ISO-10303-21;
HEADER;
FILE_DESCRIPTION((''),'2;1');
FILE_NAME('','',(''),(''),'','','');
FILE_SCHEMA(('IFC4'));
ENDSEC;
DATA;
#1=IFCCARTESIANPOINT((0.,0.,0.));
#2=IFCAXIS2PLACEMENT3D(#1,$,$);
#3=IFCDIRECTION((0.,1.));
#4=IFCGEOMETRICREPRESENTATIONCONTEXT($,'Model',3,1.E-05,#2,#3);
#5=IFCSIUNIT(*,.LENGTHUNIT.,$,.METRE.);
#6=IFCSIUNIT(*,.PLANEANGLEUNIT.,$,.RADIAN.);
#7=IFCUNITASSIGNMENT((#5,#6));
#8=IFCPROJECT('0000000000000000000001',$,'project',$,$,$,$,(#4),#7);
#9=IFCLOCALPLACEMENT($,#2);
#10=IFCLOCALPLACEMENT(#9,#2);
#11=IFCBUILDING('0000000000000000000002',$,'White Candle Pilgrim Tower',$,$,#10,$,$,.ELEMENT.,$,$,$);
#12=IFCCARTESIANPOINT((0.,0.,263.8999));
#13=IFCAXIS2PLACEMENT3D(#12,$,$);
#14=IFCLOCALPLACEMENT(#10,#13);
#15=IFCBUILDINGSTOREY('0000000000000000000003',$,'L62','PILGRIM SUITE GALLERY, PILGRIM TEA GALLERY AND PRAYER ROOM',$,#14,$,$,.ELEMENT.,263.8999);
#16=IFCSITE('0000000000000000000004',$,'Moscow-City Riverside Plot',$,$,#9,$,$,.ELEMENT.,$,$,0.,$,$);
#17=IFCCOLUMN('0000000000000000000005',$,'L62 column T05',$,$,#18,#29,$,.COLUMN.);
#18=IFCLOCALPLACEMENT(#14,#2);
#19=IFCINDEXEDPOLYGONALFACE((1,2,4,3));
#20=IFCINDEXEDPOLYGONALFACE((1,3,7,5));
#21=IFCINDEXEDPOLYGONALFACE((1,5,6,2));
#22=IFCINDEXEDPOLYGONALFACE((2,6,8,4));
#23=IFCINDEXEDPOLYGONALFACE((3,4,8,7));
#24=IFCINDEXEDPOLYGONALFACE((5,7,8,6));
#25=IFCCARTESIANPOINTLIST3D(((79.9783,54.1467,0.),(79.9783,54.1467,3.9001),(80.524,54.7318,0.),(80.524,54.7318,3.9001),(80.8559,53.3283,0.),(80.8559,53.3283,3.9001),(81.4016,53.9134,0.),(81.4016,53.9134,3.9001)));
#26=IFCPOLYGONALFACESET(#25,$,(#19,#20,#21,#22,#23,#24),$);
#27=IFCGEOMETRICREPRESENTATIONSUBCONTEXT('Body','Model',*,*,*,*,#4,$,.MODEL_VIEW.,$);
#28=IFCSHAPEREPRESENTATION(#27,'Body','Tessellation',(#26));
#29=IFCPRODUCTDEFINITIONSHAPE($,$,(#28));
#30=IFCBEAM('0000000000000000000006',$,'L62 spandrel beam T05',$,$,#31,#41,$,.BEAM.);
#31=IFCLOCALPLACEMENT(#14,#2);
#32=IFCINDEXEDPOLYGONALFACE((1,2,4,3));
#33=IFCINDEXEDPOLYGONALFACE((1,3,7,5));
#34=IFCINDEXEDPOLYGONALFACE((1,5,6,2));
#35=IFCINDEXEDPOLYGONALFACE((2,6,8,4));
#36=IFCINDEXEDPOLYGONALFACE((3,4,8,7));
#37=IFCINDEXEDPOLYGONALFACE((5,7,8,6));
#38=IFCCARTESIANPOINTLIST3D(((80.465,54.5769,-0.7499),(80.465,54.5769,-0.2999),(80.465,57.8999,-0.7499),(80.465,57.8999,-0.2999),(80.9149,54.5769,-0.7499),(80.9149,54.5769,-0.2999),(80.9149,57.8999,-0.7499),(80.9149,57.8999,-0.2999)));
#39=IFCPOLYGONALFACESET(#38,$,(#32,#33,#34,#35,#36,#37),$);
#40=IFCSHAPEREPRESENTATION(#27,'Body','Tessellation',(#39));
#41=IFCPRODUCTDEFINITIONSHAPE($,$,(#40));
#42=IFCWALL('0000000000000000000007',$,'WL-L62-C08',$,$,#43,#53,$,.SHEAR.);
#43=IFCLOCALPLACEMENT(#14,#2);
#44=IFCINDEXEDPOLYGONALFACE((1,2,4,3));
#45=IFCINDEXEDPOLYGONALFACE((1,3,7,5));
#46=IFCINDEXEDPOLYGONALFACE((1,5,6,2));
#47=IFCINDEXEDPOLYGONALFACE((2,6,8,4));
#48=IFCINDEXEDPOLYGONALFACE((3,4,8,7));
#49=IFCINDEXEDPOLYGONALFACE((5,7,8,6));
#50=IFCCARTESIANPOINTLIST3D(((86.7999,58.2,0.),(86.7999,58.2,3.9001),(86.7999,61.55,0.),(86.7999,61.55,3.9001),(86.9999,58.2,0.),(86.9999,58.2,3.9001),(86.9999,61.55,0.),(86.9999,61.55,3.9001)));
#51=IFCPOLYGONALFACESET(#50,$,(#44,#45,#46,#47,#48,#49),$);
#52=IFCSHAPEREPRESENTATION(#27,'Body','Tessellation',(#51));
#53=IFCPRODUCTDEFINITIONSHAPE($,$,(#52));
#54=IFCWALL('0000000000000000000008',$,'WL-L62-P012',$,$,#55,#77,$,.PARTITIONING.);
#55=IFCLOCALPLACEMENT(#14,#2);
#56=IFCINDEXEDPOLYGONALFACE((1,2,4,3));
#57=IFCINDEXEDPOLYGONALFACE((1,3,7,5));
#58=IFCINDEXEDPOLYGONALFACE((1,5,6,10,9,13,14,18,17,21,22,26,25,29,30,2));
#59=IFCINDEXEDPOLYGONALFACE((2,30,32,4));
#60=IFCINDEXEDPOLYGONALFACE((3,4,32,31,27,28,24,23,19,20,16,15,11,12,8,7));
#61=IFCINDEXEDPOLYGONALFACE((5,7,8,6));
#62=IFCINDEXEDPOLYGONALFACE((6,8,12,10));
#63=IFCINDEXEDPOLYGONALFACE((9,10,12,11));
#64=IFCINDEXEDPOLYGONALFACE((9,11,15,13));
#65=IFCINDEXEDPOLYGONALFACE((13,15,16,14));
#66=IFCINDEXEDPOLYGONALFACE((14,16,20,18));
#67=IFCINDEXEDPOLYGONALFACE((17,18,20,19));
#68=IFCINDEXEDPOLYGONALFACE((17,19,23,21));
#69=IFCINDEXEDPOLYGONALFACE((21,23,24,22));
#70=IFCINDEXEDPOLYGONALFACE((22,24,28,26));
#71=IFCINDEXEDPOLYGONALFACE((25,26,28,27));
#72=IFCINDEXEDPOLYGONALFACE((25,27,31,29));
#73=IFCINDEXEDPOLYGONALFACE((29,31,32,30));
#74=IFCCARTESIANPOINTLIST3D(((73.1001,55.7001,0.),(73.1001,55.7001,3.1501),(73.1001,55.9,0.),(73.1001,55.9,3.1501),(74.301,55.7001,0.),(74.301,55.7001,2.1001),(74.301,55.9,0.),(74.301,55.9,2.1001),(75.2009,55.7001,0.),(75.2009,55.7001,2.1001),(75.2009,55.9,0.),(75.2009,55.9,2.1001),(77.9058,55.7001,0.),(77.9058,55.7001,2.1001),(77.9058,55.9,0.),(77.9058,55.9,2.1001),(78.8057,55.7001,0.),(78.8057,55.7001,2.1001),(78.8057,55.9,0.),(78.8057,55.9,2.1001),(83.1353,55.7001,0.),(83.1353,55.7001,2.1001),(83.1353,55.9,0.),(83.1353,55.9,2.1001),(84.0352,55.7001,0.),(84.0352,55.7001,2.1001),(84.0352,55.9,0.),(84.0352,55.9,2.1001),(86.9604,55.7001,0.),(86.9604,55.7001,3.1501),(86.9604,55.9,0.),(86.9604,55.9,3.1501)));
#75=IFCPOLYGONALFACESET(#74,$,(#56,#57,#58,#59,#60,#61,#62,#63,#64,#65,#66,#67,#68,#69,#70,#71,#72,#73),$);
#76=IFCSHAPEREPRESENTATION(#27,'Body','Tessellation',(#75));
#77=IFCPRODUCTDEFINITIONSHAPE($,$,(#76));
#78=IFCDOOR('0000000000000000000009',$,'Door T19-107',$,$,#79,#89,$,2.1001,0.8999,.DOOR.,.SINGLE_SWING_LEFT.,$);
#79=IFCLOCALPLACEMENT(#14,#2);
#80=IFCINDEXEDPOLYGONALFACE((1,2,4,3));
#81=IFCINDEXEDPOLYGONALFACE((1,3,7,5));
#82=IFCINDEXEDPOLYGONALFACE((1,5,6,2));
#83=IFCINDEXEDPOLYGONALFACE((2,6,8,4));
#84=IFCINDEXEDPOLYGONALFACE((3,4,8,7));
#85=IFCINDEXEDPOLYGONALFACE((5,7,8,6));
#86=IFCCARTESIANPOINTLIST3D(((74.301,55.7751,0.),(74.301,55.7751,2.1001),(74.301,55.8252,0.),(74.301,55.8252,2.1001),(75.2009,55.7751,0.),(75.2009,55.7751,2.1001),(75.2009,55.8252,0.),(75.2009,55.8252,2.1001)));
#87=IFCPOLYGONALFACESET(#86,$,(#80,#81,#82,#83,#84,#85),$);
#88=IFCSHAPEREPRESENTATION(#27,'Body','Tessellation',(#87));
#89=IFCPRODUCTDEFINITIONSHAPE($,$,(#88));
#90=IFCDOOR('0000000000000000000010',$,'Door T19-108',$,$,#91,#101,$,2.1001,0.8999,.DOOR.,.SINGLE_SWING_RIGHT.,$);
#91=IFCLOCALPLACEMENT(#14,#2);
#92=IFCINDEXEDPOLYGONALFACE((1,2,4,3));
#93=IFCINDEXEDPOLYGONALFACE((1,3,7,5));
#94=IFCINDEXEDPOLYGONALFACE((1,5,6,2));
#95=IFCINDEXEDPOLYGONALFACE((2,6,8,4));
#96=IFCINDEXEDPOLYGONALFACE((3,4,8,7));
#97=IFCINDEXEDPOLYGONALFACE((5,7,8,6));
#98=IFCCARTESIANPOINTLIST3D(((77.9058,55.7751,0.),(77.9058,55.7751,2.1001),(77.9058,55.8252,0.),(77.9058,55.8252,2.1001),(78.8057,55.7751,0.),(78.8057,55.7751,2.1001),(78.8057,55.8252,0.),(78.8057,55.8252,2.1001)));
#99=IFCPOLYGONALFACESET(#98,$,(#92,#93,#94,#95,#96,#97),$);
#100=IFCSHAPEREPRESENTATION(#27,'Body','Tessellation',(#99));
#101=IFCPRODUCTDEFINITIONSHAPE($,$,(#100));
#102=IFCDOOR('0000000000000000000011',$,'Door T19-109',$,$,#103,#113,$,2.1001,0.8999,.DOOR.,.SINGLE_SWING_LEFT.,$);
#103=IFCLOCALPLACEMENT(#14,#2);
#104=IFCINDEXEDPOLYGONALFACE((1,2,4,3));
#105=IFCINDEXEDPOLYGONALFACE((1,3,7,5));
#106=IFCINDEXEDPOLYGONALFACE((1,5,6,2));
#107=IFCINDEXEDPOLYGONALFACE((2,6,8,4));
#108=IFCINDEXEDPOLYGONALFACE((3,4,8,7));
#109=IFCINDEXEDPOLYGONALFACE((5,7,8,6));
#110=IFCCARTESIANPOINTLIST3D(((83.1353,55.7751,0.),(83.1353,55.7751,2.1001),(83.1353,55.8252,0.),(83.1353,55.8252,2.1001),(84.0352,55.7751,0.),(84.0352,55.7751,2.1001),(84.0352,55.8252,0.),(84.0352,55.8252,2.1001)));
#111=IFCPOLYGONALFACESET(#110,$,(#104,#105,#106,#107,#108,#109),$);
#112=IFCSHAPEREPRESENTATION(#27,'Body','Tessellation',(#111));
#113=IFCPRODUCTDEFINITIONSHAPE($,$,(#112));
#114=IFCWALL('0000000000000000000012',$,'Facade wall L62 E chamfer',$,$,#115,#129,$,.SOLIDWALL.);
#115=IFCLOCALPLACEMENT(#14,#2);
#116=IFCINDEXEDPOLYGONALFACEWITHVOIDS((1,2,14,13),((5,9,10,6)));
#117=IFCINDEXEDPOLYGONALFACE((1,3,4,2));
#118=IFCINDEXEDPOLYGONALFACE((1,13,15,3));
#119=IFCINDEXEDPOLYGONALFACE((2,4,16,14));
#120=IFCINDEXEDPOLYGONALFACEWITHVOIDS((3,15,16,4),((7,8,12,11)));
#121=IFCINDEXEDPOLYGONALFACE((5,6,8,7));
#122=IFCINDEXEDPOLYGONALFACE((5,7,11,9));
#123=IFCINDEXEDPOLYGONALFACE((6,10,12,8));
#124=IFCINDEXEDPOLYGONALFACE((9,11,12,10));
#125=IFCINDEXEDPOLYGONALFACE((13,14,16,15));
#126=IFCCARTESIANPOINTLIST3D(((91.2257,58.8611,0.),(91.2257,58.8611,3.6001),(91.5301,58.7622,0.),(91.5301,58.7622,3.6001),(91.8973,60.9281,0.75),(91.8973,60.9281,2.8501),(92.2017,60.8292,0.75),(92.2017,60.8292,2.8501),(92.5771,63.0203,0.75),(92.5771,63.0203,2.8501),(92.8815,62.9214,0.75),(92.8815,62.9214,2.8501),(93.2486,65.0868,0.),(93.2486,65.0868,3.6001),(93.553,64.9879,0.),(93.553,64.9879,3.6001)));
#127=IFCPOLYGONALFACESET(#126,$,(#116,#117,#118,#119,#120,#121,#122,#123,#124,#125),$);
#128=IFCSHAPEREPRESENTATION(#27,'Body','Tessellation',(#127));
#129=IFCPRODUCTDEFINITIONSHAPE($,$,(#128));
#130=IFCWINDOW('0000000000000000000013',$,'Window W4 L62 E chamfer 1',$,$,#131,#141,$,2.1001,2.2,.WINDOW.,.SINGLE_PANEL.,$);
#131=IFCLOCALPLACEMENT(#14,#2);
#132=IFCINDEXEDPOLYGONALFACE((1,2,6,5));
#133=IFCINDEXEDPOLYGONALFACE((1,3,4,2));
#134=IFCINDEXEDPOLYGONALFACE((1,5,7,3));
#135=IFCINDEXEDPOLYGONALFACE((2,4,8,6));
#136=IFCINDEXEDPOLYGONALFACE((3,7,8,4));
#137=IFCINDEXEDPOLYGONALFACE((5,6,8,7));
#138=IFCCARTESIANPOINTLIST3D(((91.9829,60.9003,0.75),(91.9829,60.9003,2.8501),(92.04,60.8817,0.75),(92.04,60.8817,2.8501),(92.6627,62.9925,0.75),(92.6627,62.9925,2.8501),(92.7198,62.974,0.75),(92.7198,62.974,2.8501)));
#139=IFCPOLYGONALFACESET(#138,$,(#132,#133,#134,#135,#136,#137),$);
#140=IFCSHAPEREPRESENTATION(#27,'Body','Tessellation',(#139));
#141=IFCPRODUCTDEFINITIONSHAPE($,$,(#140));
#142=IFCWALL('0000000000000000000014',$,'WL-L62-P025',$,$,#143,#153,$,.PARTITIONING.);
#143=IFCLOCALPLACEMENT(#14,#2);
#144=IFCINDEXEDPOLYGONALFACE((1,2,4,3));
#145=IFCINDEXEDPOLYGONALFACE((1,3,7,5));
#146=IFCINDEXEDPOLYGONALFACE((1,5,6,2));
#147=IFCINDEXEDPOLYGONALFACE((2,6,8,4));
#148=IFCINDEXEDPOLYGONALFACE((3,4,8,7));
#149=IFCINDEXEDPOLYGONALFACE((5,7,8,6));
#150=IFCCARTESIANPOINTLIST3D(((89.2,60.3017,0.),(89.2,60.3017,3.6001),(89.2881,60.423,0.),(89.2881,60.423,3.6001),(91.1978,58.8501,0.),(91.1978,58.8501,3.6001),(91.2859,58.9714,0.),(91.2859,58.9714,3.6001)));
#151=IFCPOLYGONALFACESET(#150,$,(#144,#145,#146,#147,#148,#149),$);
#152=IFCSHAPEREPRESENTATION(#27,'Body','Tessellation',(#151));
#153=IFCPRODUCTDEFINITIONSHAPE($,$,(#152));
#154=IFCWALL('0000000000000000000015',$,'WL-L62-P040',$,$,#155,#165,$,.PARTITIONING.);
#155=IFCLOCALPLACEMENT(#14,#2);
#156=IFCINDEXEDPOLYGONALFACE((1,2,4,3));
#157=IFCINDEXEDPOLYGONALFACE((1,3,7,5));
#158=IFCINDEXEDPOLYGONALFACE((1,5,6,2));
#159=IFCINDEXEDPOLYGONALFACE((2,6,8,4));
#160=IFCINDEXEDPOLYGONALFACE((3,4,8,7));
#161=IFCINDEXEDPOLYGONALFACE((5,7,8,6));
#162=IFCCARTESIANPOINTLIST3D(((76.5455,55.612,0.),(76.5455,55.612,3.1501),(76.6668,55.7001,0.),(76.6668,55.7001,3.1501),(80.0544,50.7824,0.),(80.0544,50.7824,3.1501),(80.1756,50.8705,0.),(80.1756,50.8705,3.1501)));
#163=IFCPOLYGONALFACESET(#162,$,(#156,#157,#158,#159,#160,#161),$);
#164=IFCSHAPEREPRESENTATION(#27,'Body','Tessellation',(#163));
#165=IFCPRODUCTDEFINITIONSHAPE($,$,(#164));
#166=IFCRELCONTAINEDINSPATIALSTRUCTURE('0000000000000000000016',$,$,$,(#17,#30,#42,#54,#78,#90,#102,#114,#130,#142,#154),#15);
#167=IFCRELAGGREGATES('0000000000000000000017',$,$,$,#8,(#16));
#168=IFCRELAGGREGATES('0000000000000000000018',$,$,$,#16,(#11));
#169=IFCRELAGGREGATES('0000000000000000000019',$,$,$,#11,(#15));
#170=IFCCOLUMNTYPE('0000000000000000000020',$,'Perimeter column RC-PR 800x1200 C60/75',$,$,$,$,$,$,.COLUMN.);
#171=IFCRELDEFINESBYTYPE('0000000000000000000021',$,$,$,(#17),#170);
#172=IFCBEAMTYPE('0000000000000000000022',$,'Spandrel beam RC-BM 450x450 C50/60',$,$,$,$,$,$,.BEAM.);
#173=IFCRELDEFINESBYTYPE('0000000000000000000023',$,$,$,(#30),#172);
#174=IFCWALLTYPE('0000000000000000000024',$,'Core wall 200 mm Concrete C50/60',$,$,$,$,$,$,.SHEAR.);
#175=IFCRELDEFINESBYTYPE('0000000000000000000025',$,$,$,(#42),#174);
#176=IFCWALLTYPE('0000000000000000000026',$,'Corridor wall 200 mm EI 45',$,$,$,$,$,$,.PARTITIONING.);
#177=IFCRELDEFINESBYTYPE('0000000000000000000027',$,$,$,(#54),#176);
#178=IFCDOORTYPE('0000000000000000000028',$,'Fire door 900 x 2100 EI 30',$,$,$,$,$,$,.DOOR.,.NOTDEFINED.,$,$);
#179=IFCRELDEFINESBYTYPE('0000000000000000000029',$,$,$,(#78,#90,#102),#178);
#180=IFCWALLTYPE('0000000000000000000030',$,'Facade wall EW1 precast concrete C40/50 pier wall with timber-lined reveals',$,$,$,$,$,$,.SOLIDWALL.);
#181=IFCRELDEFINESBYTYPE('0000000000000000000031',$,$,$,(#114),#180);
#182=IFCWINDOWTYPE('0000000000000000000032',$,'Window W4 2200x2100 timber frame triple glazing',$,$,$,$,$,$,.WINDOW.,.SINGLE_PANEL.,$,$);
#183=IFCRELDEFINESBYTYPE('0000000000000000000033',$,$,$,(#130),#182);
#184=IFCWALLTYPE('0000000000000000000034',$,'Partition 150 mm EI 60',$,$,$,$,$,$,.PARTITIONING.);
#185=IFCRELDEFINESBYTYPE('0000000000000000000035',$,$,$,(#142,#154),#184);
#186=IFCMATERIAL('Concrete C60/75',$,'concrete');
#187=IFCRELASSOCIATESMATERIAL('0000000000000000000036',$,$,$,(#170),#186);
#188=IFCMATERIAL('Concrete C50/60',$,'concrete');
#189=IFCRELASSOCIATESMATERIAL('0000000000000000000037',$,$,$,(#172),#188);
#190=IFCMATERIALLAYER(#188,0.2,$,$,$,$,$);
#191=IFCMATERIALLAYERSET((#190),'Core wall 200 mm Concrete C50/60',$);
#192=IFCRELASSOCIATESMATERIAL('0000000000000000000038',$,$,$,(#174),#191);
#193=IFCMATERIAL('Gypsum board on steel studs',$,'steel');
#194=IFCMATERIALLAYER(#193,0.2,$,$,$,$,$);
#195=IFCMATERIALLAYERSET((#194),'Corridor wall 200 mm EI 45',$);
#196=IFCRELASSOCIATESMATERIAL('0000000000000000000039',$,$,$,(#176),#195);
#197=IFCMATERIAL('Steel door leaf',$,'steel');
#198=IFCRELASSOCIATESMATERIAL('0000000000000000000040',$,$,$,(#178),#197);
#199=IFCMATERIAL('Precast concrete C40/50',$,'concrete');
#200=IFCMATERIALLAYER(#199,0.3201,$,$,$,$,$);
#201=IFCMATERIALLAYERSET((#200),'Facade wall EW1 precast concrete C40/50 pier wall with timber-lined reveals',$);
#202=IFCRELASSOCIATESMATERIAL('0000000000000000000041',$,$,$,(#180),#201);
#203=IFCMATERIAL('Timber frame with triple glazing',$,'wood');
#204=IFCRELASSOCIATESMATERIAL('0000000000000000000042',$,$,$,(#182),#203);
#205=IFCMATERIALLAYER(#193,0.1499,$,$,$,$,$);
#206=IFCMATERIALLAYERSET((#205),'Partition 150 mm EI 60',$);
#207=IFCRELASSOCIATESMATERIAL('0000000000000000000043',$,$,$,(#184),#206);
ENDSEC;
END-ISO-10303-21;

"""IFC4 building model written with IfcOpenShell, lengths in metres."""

from ifc_helpers import new_model, si_unit, direction, frame, frame_2d, origin, origin_2d, place, context, subcontext, project, spatial, rectangle, extrude, material, layer, layer_set, material_profile, profile_set, type_object, element, fill, save


model = new_model("IFC4")

# Units and contexts
model_context = context("Model", 3, precision=1e-05, world=origin(), true_north=direction((0.0, 1.0)))
body_context = subcontext(model_context, "Body", "Model", "MODEL_VIEW")
ifc_project = project(units=[si_unit("LENGTHUNIT", "METRE"), si_unit("PLANEANGLEUNIT", "RADIAN")], contexts=[model_context])

# Site, building, storey
site_placement = place(None, origin())
site = spatial("IfcSite", under=ifc_project, at=site_placement, Name="Moscow-City Riverside Plot", CompositionType="ELEMENT", RefElevation=0.0)
building_placement = place(site_placement, origin())
building = spatial("IfcBuilding", under=site, at=building_placement, Name="White Candle Pilgrim Tower", CompositionType="ELEMENT")
storey_placement = place(building_placement, frame((0.0, 0.0, 263.8999)))
storey = spatial("IfcBuildingStorey", under=building, at=storey_placement, Name="L62", Description="PILGRIM SUITE GALLERY, PILGRIM TEA GALLERY AND PRAYER ROOM", CompositionType="ELEMENT", Elevation=263.8999)

# Column
ifc_material_1 = material(Name="Concrete C60/75", Category="concrete")
ifc_material_profile_1 = material_profile(ifc_material_1, rectangle(XDim=0.8, YDim=1.2, at=origin_2d()), Name="RC-PR 800x1200")
ifc_profile_set_1 = profile_set([ifc_material_profile_1], Name="Concrete C60/75")
column_type = type_object("IfcColumnType", Name="Perimeter column RC-PR 800x1200 C60/75", PredefinedType="COLUMN", material=ifc_profile_set_1)
column_placement = place(storey_placement, frame((80.6899, 54.03, 0.0), z_axis=(0.0, 0.0, 1.0), x_axis=(-0.681998, -0.731354, 0.0)))
element("IfcColumn", 1, at=column_placement, inside=storey, type_object=column_type, Name="L62 column T05", PredefinedType="COLUMN", context=body_context, shape_type="SweptSolid", body=[
    extrude(rectangle(XDim=0.8, YDim=1.2, at=origin_2d()), origin(), (0.0, 0.0, 1.0), 3.9001),
])

# Beam
ifc_material_2 = material(Name="Concrete C50/60", Category="concrete")
ifc_material_profile_2 = material_profile(ifc_material_2, rectangle(XDim=0.45, YDim=0.45, at=origin_2d()), Name="RC-BM 450x450")
ifc_profile_set_2 = profile_set([ifc_material_profile_2], Name="Concrete C50/60")
beam_type = type_object("IfcBeamType", Name="Spandrel beam RC-BM 450x450 C50/60", PredefinedType="BEAM", material=ifc_profile_set_2)
beam_placement = place(storey_placement, frame((80.6899, 54.5769, -0.5249), z_axis=(0.0, 1.0, 0.0), x_axis=(-1.0, 0.0, 0.0)))
element("IfcBeam", 2, at=beam_placement, inside=storey, type_object=beam_type, Name="L62 spandrel beam T05", PredefinedType="BEAM", context=body_context, shape_type="SweptSolid", body=[
    extrude(rectangle(XDim=0.45, YDim=0.45, at=origin_2d()), origin(), (0.0, 0.0, 1.0), 3.323),
])

# Wall
ifc_layer_1 = layer(ifc_material_2, 0.2)
ifc_layer_set_1 = layer_set([ifc_layer_1], Name="Core wall 200 mm Concrete C50/60")
wall_type_1 = type_object("IfcWallType", Name="Core wall 200 mm Concrete C50/60", PredefinedType="SHEAR", material=ifc_layer_set_1)
wall_1_placement = place(storey_placement, frame((86.8999, 58.2, 0.0), z_axis=(0.0, 0.0, 1.0), x_axis=(0.0, 1.0, 0.0)))
element("IfcWall", 3, at=wall_1_placement, inside=storey, type_object=wall_type_1, Name="WL-L62-C08", PredefinedType="SHEAR", context=body_context, shape_type="SweptSolid", body=[
    extrude(rectangle(XDim=3.3501, YDim=0.2, at=frame_2d((1.675, 0.0))), origin(), (0.0, 0.0, 1.0), 3.9001),
])

# Wall, openings, doors
ifc_material_3 = material(Name="Gypsum board on steel studs", Category="steel")
ifc_layer_2 = layer(ifc_material_3, 0.2)
ifc_layer_set_2 = layer_set([ifc_layer_2], Name="Corridor wall 200 mm EI 45")
wall_type_2 = type_object("IfcWallType", Name="Corridor wall 200 mm EI 45", PredefinedType="PARTITIONING", material=ifc_layer_set_2)
wall_2_placement = place(storey_placement, frame((86.9604, 55.8, 0.0), z_axis=(0.0, 0.0, 1.0), x_axis=(-1.0, 0.0, 0.0)))
wall_2 = element("IfcWall", 4, at=wall_2_placement, inside=storey, type_object=wall_type_2, Name="WL-L62-P012", PredefinedType="PARTITIONING", context=body_context, shape_type="SweptSolid", body=[
    extrude(rectangle(XDim=13.8604, YDim=0.2, at=frame_2d((6.9302, 0.0))), origin(), (0.0, 0.0, 1.0), 3.1501),
])
opening_1_placement = place(wall_2_placement, frame((11.7595, 0.0, 0.0)))
opening_1 = element("IfcOpeningElement", 5, at=opening_1_placement, cuts=wall_2, PredefinedType="OPENING", context=body_context, shape_type="SweptSolid", body=[
    extrude(rectangle(XDim=0.8999, YDim=2.1001, at=frame_2d((0.45, 1.05))), frame((0.0, 0.1099, 0.0), z_axis=(0.0, -1.0, 0.0), x_axis=(1.0, 0.0, 0.0)), (0.0, 0.0, 1.0), 0.22),
])
opening_2_placement = place(wall_2_placement, frame((8.1548, 0.0, 0.0)))
opening_2 = element("IfcOpeningElement", 6, at=opening_2_placement, cuts=wall_2, PredefinedType="OPENING", context=body_context, shape_type="SweptSolid", body=[
    extrude(rectangle(XDim=0.8999, YDim=2.1001, at=frame_2d((0.45, 1.05))), frame((0.0, 0.1099, 0.0), z_axis=(0.0, -1.0, 0.0), x_axis=(1.0, 0.0, 0.0)), (0.0, 0.0, 1.0), 0.22),
])
opening_3_placement = place(wall_2_placement, frame((2.9253, 0.0, 0.0)))
opening_3 = element("IfcOpeningElement", 7, at=opening_3_placement, cuts=wall_2, PredefinedType="OPENING", context=body_context, shape_type="SweptSolid", body=[
    extrude(rectangle(XDim=0.8999, YDim=2.1001, at=frame_2d((0.45, 1.05))), frame((0.0, 0.1099, 0.0), z_axis=(0.0, -1.0, 0.0), x_axis=(1.0, 0.0, 0.0)), (0.0, 0.0, 1.0), 0.22),
])
ifc_material_4 = material(Name="Steel door leaf", Category="steel")
door_type_1 = type_object("IfcDoorType", Name="Fire door 900 x 2100 EI 30", OperationType="NOTDEFINED", PredefinedType="DOOR", material=ifc_material_4)
door_1_placement = place(opening_1_placement, origin())
door_1 = element("IfcDoor", 8, at=door_1_placement, inside=storey, type_object=door_type_1, Name="Door T19-107", OperationType="SINGLE_SWING_LEFT", OverallHeight=2.1001, OverallWidth=0.8999, PredefinedType="DOOR", context=body_context, shape_type="SweptSolid", body=[
    extrude(rectangle(XDim=0.8999, YDim=2.1001, at=frame_2d((0.45, 1.05))), frame((0.0, 0.0249, 0.0), z_axis=(0.0, -1.0, 0.0), x_axis=(1.0, 0.0, 0.0)), (0.0, 0.0, 1.0), 0.05),
])
fill(opening_1, door_1)
door_2_placement = place(opening_2_placement, origin())
door_2 = element("IfcDoor", 9, at=door_2_placement, inside=storey, type_object=door_type_1, Name="Door T19-108", OperationType="SINGLE_SWING_RIGHT", OverallHeight=2.1001, OverallWidth=0.8999, PredefinedType="DOOR", context=body_context, shape_type="SweptSolid", body=[
    extrude(rectangle(XDim=0.8999, YDim=2.1001, at=frame_2d((0.45, 1.05))), frame((0.0, 0.0249, 0.0), z_axis=(0.0, -1.0, 0.0), x_axis=(1.0, 0.0, 0.0)), (0.0, 0.0, 1.0), 0.05),
])
fill(opening_2, door_2)
door_3_placement = place(opening_3_placement, origin())
door_3 = element("IfcDoor", 10, at=door_3_placement, inside=storey, type_object=door_type_1, Name="Door T19-109", OperationType="SINGLE_SWING_LEFT", OverallHeight=2.1001, OverallWidth=0.8999, PredefinedType="DOOR", context=body_context, shape_type="SweptSolid", body=[
    extrude(rectangle(XDim=0.8999, YDim=2.1001, at=frame_2d((0.45, 1.05))), frame((0.0, 0.0249, 0.0), z_axis=(0.0, -1.0, 0.0), x_axis=(1.0, 0.0, 0.0)), (0.0, 0.0, 1.0), 0.05),
])
fill(opening_3, door_3)

# Wall, opening, window
ifc_material_5 = material(Name="Precast concrete C40/50", Category="concrete")
ifc_layer_3 = layer(ifc_material_5, 0.3201)
ifc_layer_set_3 = layer_set([ifc_layer_3], Name="Facade wall EW1 precast concrete C40/50 pier wall with timber-lined reveals")
wall_type_3 = type_object("IfcWallType", Name="Facade wall EW1 precast concrete C40/50 pier wall with timber-lined reveals", PredefinedType="SOLIDWALL", material=ifc_layer_set_3)
wall_3_placement = place(storey_placement, frame((91.3779, 58.8118, 0.0), z_axis=(0.0, 0.0, 1.0), x_axis=(0.309025, 0.951054, 0.0)))
wall_3 = element("IfcWall", 11, at=wall_3_placement, inside=storey, type_object=wall_type_3, Name="Facade wall L62 E chamfer", PredefinedType="SOLIDWALL", context=body_context, shape_type="SweptSolid", body=[
    extrude(rectangle(XDim=6.5461, YDim=0.3201, at=frame_2d((3.2729, 0.0))), origin(), (0.0, 0.0, 1.0), 3.6001),
])
opening_4_placement = place(wall_3_placement, frame((2.1731, 0.0, 0.75)))
opening_4 = element("IfcOpeningElement", 12, at=opening_4_placement, cuts=wall_3, PredefinedType="OPENING", context=body_context, shape_type="SweptSolid", body=[
    extrude(rectangle(XDim=2.2, YDim=2.1001, at=frame_2d((1.1001, 1.05))), frame((0.0, 0.1699, 0.0), z_axis=(0.0, -1.0, 0.0), x_axis=(1.0, 0.0, 0.0)), (0.0, 0.0, 1.0), 0.3401),
])
ifc_material_6 = material(Name="Timber frame with triple glazing", Category="wood")
window_type = type_object("IfcWindowType", Name="Window W4 2200x2100 timber frame triple glazing", PartitioningType="SINGLE_PANEL", PredefinedType="WINDOW", material=ifc_material_6)
window_placement = place(opening_4_placement, origin())
window = element("IfcWindow", 13, at=window_placement, inside=storey, type_object=window_type, Name="Window W4 L62 E chamfer 1", OverallHeight=2.1001, OverallWidth=2.2, PartitioningType="SINGLE_PANEL", PredefinedType="WINDOW", context=body_context, shape_type="SweptSolid", body=[
    extrude(rectangle(XDim=2.2, YDim=2.1001, at=frame_2d((1.1001, 1.05))), frame((0.0, 0.0701, 0.0), z_axis=(0.0, -1.0, 0.0), x_axis=(1.0, 0.0, 0.0)), (0.0, 0.0, 1.0), 0.0601),
])
fill(opening_4, window)

# Walls
ifc_layer_4 = layer(ifc_material_3, 0.1499)
ifc_layer_set_4 = layer_set([ifc_layer_4], Name="Partition 150 mm EI 60")
wall_type_4 = type_object("IfcWallType", Name="Partition 150 mm EI 60", PredefinedType="PARTITIONING", material=ifc_layer_set_4)
wall_4_placement = place(storey_placement, frame((91.2419, 58.9106, 0.0), z_axis=(0.0, 0.0, 1.0), x_axis=(-0.808984, 0.587831, 0.0)))
element("IfcWall", 14, at=wall_4_placement, inside=storey, type_object=wall_type_4, Name="WL-L62-P025", PredefinedType="PARTITIONING", context=body_context, shape_type="SweptSolid", body=[
    extrude(rectangle(XDim=2.4695, YDim=0.1499, at=frame_2d((1.2349, 0.0))), origin(), (0.0, 0.0, 1.0), 3.6001),
])
wall_5_placement = place(storey_placement, frame((80.115, 50.8264, 0.0), z_axis=(0.0, 0.0, 1.0), x_axis=(-0.587773, 0.809026, 0.0)))
element("IfcWall", 15, at=wall_5_placement, inside=storey, type_object=wall_type_4, Name="WL-L62-P040", PredefinedType="PARTITIONING", context=body_context, shape_type="SweptSolid", body=[
    extrude(rectangle(XDim=5.9697, YDim=0.1499, at=frame_2d((2.9849, 0.0))), origin(), (0.0, 0.0, 1.0), 3.1501),
])

save(model, "model.ifc")
